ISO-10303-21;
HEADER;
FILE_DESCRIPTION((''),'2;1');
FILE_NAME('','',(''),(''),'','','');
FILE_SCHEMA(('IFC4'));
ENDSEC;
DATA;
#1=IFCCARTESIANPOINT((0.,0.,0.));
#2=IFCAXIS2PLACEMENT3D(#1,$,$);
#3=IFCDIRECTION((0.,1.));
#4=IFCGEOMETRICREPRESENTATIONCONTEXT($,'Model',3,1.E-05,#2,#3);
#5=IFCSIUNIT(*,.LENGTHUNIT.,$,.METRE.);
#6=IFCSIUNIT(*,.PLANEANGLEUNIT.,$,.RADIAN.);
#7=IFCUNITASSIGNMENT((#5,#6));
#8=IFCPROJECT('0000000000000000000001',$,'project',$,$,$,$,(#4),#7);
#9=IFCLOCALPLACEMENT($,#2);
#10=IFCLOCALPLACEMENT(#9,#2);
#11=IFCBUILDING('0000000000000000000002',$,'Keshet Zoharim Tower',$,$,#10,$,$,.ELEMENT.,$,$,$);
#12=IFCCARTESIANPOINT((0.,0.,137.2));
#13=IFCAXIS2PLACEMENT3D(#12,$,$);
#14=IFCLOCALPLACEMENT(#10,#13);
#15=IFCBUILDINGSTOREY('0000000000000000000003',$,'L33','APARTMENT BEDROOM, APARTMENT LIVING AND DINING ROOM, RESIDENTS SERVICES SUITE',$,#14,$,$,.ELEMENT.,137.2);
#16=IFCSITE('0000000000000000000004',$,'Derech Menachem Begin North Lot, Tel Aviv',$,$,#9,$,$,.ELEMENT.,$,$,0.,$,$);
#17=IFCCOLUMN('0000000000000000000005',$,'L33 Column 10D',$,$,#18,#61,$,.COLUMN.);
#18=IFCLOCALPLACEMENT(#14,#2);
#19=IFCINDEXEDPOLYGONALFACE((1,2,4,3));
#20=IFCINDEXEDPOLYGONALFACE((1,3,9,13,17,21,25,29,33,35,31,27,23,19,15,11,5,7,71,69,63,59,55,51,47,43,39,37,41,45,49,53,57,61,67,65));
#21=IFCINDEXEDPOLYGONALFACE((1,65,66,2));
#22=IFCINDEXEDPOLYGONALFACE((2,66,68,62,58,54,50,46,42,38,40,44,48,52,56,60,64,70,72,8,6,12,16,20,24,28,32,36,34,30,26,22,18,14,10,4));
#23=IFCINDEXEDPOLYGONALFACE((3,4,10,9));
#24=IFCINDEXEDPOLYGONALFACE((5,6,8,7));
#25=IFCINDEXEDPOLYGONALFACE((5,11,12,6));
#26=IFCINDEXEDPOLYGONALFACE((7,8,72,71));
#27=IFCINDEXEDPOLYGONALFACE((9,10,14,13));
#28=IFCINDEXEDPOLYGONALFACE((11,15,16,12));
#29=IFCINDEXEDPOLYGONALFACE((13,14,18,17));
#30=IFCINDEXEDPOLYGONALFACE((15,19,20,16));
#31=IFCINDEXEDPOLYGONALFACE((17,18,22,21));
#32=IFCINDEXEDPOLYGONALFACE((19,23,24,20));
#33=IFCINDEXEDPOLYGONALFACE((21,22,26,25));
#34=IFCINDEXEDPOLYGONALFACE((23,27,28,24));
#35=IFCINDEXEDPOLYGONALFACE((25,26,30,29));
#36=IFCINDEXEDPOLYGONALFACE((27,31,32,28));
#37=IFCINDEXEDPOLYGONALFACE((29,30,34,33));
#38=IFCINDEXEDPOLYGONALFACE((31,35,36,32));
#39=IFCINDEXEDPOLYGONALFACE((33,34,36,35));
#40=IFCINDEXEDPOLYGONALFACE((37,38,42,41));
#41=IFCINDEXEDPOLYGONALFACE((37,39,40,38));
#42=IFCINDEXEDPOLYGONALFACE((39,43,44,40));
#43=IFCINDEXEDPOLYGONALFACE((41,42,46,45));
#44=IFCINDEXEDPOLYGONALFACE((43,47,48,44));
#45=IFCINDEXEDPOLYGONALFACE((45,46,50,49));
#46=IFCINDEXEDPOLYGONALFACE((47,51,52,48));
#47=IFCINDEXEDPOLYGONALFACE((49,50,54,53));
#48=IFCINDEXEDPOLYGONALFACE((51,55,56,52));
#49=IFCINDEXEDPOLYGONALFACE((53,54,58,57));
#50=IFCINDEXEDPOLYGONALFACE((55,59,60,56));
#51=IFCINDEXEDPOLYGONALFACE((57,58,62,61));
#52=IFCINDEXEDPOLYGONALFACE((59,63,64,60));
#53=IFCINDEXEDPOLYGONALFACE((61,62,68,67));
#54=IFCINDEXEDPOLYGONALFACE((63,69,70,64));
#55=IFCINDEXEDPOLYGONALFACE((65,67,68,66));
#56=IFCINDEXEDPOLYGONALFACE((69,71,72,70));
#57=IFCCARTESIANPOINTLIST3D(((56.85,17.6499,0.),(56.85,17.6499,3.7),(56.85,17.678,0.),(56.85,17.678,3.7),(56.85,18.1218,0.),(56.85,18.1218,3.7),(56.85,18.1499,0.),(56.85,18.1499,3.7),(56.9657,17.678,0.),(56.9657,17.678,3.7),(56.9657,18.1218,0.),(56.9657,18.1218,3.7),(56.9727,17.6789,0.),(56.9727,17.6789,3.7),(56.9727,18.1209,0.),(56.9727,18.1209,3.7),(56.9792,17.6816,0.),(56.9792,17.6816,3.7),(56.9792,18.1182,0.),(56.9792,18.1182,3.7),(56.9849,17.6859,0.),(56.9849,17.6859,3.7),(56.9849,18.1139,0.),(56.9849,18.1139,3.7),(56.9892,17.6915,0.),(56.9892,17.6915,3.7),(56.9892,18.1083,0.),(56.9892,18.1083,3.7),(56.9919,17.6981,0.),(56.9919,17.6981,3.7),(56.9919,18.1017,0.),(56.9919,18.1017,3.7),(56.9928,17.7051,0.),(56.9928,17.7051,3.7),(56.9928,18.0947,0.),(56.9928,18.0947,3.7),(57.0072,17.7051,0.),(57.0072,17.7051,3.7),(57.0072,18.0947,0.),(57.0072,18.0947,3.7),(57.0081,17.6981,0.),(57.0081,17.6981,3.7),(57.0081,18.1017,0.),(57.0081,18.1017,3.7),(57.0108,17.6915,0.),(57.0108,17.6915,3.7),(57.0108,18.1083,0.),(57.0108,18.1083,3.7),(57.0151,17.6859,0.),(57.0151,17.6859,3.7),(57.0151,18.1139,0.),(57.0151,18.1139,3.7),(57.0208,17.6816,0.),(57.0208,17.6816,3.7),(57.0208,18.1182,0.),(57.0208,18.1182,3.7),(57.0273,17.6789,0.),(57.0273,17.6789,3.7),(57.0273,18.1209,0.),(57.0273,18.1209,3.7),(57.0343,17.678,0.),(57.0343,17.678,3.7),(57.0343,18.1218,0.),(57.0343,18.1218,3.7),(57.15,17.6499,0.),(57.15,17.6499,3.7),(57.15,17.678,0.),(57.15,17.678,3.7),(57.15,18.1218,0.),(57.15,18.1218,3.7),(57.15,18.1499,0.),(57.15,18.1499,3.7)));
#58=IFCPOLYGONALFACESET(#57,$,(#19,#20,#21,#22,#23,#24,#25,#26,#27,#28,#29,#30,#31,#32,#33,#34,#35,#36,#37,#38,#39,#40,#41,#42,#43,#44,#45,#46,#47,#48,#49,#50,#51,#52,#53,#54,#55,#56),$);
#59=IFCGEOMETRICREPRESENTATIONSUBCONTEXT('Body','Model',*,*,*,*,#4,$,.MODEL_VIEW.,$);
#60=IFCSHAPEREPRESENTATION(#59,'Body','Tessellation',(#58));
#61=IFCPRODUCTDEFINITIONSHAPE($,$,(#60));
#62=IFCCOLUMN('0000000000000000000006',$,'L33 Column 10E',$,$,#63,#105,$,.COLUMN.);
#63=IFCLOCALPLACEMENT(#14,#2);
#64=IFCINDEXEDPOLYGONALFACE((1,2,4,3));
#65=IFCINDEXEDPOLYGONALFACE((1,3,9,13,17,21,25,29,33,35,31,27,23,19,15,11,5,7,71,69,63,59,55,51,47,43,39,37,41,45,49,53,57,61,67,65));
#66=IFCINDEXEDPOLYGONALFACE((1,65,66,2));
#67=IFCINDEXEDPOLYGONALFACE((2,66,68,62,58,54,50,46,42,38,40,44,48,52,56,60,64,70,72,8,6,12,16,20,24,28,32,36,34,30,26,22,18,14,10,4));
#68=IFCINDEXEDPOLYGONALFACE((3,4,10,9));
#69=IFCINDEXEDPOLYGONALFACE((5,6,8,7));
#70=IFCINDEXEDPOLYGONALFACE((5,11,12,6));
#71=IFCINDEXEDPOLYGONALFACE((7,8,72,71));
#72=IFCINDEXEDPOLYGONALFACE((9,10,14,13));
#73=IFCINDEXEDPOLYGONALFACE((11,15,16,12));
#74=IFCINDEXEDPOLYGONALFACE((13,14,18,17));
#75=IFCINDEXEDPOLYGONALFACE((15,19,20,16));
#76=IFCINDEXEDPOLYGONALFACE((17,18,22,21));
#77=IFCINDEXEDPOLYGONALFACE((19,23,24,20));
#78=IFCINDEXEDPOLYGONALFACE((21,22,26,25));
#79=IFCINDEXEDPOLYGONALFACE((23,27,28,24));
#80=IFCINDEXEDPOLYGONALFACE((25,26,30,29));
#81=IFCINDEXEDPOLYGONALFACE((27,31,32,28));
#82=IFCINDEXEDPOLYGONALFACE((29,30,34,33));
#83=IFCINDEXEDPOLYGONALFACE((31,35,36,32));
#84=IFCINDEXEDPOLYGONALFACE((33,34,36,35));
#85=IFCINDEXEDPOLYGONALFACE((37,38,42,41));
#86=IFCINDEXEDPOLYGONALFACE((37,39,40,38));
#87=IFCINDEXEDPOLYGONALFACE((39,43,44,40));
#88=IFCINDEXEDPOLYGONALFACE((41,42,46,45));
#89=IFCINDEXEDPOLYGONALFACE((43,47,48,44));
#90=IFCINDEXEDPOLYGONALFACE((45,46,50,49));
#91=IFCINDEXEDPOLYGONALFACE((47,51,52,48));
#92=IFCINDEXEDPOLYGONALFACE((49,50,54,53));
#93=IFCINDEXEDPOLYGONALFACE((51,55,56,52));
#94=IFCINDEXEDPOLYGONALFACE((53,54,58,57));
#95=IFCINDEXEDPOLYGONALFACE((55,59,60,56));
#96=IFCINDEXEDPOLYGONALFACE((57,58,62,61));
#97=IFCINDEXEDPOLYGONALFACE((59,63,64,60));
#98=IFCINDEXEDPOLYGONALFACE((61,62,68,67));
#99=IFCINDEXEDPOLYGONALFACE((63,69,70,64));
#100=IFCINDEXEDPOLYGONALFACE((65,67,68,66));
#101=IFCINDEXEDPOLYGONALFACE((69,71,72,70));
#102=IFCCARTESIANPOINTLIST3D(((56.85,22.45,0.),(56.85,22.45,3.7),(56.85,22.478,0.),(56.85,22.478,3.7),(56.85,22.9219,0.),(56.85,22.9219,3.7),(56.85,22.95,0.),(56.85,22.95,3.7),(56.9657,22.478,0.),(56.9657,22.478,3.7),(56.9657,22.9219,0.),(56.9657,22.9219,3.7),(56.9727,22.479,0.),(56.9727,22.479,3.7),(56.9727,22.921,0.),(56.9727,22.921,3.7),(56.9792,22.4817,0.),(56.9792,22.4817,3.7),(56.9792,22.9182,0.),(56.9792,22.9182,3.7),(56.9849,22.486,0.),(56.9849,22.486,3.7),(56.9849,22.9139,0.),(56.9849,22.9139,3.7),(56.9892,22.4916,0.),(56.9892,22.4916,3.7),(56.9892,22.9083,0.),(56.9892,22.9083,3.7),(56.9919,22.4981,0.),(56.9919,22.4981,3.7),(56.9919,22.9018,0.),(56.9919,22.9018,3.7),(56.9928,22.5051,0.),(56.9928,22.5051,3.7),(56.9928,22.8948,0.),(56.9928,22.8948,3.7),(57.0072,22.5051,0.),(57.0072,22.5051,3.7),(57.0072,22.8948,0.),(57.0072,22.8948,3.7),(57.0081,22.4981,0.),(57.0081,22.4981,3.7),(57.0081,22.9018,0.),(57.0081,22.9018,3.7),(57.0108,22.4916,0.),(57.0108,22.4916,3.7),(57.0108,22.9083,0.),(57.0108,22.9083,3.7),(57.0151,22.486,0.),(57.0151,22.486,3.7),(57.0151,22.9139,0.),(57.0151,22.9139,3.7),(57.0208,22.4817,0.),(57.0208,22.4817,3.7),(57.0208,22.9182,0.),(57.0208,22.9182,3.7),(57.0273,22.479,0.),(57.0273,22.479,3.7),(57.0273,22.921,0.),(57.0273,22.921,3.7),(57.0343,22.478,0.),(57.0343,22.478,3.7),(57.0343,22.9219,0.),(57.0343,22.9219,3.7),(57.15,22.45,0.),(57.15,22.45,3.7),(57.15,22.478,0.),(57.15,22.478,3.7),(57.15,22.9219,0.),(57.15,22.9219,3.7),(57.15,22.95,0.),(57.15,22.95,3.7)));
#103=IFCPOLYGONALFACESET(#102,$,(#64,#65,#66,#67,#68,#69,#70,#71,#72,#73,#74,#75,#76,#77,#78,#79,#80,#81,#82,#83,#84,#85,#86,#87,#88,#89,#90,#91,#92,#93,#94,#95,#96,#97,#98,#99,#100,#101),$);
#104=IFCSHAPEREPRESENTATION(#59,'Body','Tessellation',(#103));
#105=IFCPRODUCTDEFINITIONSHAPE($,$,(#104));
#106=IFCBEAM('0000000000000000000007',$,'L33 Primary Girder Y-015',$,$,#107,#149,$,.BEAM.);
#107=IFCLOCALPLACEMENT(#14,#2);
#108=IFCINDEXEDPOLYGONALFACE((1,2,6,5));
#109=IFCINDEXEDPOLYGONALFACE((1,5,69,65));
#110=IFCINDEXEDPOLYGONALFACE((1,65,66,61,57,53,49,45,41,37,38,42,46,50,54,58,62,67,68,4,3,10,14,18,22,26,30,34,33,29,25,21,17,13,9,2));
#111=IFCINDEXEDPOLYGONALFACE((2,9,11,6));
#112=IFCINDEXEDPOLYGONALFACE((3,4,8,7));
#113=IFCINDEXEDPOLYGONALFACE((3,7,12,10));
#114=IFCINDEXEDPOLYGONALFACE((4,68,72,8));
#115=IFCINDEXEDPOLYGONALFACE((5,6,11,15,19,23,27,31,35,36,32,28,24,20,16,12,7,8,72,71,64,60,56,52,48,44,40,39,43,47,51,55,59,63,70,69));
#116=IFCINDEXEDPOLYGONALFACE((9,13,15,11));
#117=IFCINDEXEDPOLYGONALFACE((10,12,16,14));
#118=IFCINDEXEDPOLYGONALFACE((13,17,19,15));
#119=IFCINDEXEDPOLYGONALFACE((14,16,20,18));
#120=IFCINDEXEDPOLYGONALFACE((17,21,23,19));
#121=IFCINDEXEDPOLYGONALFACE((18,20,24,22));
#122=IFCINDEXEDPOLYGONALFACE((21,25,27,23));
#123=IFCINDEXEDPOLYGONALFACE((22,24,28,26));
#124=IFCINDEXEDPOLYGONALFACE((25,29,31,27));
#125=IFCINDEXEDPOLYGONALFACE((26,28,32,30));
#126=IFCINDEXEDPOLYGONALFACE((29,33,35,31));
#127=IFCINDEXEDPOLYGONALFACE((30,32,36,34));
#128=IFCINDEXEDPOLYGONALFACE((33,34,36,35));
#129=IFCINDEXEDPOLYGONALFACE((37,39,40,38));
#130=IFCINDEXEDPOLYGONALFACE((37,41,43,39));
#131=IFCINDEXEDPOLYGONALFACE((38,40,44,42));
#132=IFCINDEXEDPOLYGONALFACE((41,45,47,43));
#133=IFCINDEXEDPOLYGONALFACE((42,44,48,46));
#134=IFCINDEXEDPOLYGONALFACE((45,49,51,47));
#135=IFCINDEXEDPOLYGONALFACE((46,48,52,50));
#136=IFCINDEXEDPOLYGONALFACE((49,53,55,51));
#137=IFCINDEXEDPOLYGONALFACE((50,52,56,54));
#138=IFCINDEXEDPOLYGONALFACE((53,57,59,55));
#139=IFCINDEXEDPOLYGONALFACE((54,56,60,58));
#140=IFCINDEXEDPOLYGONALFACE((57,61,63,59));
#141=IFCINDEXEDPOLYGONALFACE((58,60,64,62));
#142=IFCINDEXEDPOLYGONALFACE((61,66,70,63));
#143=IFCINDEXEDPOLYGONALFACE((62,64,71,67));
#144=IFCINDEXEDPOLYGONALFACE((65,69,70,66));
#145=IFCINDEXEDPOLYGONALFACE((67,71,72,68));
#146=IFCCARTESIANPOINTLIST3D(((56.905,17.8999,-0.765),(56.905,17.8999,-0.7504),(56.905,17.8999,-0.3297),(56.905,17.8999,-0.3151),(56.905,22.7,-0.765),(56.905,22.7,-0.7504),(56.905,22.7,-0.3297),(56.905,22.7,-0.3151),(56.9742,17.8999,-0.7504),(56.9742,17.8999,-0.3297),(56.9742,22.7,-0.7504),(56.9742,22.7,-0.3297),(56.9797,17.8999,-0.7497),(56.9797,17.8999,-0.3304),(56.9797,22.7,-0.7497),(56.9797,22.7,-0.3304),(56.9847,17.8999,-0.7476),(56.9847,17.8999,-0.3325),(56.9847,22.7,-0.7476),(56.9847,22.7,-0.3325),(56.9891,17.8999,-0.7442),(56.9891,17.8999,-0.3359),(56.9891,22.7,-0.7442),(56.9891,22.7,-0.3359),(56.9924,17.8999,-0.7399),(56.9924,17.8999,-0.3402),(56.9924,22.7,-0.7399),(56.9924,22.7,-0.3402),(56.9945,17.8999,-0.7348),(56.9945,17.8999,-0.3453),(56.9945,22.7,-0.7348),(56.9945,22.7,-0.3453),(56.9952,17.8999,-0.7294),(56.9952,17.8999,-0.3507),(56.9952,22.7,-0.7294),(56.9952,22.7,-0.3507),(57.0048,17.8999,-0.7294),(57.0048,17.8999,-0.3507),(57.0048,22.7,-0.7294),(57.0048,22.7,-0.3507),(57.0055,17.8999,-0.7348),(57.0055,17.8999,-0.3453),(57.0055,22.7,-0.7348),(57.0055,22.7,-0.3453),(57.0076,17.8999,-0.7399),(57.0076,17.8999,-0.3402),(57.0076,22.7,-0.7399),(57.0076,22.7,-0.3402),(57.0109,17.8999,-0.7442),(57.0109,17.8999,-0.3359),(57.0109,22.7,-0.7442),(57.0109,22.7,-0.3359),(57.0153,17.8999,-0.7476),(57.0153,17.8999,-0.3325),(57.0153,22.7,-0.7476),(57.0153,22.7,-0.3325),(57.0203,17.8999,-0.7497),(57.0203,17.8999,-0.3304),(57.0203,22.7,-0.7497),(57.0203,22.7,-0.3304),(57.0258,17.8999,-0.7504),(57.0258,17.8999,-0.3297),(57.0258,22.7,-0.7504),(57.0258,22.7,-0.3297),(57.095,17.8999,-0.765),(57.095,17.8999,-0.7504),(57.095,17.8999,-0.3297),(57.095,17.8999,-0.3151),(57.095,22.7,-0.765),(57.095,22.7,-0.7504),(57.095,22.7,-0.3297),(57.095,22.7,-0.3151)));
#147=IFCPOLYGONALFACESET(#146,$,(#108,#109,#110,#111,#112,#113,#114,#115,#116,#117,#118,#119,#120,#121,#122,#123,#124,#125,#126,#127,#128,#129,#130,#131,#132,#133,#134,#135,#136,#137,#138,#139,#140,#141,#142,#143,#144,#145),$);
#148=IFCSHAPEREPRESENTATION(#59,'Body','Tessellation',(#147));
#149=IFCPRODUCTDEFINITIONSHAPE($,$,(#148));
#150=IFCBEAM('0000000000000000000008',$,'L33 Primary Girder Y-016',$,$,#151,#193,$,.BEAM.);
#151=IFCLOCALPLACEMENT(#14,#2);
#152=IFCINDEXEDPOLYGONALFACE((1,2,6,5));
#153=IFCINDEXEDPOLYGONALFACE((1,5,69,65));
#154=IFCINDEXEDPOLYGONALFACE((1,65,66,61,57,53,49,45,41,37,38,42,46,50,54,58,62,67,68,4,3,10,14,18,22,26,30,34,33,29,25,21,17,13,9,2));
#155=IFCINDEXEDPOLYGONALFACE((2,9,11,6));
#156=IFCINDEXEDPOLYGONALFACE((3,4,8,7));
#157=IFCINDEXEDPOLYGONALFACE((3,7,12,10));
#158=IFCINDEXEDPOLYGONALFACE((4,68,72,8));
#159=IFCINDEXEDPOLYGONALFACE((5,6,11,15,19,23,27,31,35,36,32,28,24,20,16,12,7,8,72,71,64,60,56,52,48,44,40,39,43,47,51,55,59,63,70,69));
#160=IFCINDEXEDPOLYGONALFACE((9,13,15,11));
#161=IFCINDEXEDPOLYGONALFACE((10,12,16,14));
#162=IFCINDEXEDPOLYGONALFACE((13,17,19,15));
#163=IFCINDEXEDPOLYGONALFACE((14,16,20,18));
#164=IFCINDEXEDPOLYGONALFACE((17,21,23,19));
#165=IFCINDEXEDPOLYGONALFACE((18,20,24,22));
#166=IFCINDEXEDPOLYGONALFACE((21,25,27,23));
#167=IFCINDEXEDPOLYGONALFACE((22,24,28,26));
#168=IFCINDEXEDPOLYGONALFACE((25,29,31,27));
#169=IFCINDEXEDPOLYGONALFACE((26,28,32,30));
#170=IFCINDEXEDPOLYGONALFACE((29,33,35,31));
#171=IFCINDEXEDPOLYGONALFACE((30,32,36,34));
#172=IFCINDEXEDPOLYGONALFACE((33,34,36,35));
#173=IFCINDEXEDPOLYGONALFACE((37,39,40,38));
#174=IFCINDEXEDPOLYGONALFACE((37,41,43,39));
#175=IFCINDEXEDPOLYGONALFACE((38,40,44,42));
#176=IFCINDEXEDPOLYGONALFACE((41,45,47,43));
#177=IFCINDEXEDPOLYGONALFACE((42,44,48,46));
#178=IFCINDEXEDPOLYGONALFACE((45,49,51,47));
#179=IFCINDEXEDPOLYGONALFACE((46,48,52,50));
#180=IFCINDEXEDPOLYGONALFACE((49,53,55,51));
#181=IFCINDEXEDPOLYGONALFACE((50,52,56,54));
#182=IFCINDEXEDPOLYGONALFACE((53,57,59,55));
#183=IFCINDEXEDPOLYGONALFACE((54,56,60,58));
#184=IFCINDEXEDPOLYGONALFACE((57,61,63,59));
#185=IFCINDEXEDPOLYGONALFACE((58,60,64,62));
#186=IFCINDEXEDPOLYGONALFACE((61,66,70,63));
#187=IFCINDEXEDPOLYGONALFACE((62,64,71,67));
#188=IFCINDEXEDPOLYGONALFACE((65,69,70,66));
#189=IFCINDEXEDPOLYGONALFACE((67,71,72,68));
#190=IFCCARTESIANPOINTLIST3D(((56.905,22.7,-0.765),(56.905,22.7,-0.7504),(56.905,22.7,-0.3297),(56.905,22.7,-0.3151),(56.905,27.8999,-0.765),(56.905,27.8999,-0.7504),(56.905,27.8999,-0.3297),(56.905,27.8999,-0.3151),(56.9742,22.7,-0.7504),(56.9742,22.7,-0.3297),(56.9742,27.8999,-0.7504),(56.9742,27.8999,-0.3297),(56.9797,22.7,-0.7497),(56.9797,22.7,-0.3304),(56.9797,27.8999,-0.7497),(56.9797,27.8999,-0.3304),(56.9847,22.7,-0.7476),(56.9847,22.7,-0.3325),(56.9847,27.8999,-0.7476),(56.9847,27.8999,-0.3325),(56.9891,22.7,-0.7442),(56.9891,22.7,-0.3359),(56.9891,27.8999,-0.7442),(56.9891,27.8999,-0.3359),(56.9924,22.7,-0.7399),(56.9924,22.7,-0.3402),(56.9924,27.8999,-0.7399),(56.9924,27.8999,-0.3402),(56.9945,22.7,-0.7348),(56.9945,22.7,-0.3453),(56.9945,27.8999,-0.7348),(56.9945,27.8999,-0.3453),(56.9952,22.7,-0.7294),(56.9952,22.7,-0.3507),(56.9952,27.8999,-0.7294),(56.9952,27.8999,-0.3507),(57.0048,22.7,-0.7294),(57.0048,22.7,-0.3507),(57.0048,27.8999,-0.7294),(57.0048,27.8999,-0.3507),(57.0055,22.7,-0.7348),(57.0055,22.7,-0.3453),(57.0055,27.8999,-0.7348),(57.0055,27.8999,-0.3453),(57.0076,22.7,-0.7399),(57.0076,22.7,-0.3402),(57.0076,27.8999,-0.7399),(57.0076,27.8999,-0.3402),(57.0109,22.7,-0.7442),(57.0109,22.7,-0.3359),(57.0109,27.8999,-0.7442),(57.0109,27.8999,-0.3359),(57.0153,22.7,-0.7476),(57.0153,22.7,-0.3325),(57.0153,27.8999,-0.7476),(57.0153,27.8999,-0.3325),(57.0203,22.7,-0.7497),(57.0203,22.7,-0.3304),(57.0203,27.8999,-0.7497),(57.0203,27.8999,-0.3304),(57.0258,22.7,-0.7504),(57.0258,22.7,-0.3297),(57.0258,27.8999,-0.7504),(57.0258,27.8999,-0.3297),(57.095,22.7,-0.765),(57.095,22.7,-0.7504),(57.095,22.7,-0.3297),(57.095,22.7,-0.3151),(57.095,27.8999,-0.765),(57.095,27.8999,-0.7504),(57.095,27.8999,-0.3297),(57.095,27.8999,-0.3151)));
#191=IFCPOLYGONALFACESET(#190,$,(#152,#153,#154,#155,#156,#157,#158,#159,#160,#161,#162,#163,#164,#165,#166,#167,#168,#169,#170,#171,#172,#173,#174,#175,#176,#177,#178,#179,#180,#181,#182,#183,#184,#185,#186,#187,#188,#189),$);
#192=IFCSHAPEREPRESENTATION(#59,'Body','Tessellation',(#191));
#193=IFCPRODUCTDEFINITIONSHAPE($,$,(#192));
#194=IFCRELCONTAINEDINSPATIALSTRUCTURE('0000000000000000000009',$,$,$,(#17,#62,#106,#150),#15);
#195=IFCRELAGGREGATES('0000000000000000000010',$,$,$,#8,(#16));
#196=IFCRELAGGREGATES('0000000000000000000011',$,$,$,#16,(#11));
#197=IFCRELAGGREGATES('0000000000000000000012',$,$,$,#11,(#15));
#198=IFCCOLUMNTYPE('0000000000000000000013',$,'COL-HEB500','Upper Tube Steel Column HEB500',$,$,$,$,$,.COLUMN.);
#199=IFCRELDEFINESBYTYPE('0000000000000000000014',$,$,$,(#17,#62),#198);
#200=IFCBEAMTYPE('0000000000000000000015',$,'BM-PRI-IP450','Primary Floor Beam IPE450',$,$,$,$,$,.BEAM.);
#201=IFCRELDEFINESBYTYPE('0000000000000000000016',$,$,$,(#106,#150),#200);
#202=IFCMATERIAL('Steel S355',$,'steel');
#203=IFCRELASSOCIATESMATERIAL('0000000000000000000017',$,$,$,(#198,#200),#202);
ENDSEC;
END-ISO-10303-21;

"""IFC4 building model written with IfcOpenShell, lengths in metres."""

from ifc_helpers import new_model, si_unit, direction, frame, origin, origin_2d, place, context, subcontext, project, spatial, i_section, extrude, material, material_profile, profile_set, type_object, element, save


model = new_model("IFC4")

# Units and contexts
model_context = context("Model", 3, precision=1e-05, world=origin(), true_north=direction((0.0, 1.0)))
body_context = subcontext(model_context, "Body", "Model", "MODEL_VIEW")
ifc_project = project(units=[si_unit("LENGTHUNIT", "METRE"), si_unit("PLANEANGLEUNIT", "RADIAN")], contexts=[model_context])

# Site, building, storey
site_placement = place(None, origin())
site = spatial("IfcSite", under=ifc_project, at=site_placement, Name="Derech Menachem Begin North Lot, Tel Aviv", CompositionType="ELEMENT", RefElevation=0.0)
building_placement = place(site_placement, origin())
building = spatial("IfcBuilding", under=site, at=building_placement, Name="Keshet Zoharim Tower", CompositionType="ELEMENT")
storey_placement = place(building_placement, frame((0.0, 0.0, 137.2)))
storey = spatial("IfcBuildingStorey", under=building, at=storey_placement, Name="L33", Description="APARTMENT BEDROOM, APARTMENT LIVING AND DINING ROOM, RESIDENTS SERVICES SUITE", CompositionType="ELEMENT", Elevation=137.2)

# Columns
ifc_material_1 = material(Name="Steel S355", Category="steel")
ifc_material_profile_1 = material_profile(ifc_material_1, i_section(OverallWidth=0.3, OverallDepth=0.5, WebThickness=0.0144, FlangeThickness=0.0281, FilletRadius=0.0271, at=origin_2d()), Name="HEB500")
ifc_profile_set_1 = profile_set([ifc_material_profile_1], Name="Steel S355")
column_type = type_object("IfcColumnType", Name="COL-HEB500", Description="Upper Tube Steel Column HEB500", PredefinedType="COLUMN", material=ifc_profile_set_1)
for number, where, z_axis, x_axis, name in (
    (1, (57.0, 17.8999, 0.0), (0.0, 0.0, 1.0), (1.0, 0.0, 0.0), "L33 Column 10D"),
    (2, (57.0, 22.7, 0.0), (0.0, 0.0, 1.0), (1.0, 0.0, 0.0), "L33 Column 10E"),
):
    element("IfcColumn", number, at=place(storey_placement, frame(where, z_axis=z_axis, x_axis=x_axis)), inside=storey, type_object=column_type, Name=name, PredefinedType="COLUMN", context=body_context, shape_type="SweptSolid", body=[
        extrude(i_section(OverallWidth=0.3, OverallDepth=0.5, WebThickness=0.0144, FlangeThickness=0.0281, FilletRadius=0.0271, at=origin_2d()), origin(), (0.0, 0.0, 1.0), 3.7),
    ])

# Beams
ifc_material_profile_2 = material_profile(ifc_material_1, i_section(OverallWidth=0.1899, OverallDepth=0.45, WebThickness=0.0095, FlangeThickness=0.0146, FilletRadius=0.021, at=origin_2d()), Name="IPE450")
ifc_profile_set_2 = profile_set([ifc_material_profile_2], Name="Steel S355")
beam_type = type_object("IfcBeamType", Name="BM-PRI-IP450", Description="Primary Floor Beam IPE450", PredefinedType="BEAM", material=ifc_profile_set_2)
beam_1_placement = place(storey_placement, frame((57.0, 17.8999, -0.54), z_axis=(0.0, 1.0, 0.0), x_axis=(-1.0, 0.0, 0.0)))
element("IfcBeam", 3, at=beam_1_placement, inside=storey, type_object=beam_type, Name="L33 Primary Girder Y-015", PredefinedType="BEAM", context=body_context, shape_type="SweptSolid", body=[
    extrude(i_section(OverallWidth=0.1899, OverallDepth=0.45, WebThickness=0.0095, FlangeThickness=0.0146, FilletRadius=0.021, at=origin_2d()), origin(), (0.0, 0.0, 1.0), 4.8),
])
beam_2_placement = place(storey_placement, frame((57.0, 22.7, -0.54), z_axis=(0.0, 1.0, 0.0), x_axis=(-1.0, 0.0, 0.0)))
element("IfcBeam", 4, at=beam_2_placement, inside=storey, type_object=beam_type, Name="L33 Primary Girder Y-016", PredefinedType="BEAM", context=body_context, shape_type="SweptSolid", body=[
    extrude(i_section(OverallWidth=0.1899, OverallDepth=0.45, WebThickness=0.0095, FlangeThickness=0.0146, FilletRadius=0.021, at=origin_2d()), origin(), (0.0, 0.0, 1.0), 5.2),
])

save(model, "model.ifc")
